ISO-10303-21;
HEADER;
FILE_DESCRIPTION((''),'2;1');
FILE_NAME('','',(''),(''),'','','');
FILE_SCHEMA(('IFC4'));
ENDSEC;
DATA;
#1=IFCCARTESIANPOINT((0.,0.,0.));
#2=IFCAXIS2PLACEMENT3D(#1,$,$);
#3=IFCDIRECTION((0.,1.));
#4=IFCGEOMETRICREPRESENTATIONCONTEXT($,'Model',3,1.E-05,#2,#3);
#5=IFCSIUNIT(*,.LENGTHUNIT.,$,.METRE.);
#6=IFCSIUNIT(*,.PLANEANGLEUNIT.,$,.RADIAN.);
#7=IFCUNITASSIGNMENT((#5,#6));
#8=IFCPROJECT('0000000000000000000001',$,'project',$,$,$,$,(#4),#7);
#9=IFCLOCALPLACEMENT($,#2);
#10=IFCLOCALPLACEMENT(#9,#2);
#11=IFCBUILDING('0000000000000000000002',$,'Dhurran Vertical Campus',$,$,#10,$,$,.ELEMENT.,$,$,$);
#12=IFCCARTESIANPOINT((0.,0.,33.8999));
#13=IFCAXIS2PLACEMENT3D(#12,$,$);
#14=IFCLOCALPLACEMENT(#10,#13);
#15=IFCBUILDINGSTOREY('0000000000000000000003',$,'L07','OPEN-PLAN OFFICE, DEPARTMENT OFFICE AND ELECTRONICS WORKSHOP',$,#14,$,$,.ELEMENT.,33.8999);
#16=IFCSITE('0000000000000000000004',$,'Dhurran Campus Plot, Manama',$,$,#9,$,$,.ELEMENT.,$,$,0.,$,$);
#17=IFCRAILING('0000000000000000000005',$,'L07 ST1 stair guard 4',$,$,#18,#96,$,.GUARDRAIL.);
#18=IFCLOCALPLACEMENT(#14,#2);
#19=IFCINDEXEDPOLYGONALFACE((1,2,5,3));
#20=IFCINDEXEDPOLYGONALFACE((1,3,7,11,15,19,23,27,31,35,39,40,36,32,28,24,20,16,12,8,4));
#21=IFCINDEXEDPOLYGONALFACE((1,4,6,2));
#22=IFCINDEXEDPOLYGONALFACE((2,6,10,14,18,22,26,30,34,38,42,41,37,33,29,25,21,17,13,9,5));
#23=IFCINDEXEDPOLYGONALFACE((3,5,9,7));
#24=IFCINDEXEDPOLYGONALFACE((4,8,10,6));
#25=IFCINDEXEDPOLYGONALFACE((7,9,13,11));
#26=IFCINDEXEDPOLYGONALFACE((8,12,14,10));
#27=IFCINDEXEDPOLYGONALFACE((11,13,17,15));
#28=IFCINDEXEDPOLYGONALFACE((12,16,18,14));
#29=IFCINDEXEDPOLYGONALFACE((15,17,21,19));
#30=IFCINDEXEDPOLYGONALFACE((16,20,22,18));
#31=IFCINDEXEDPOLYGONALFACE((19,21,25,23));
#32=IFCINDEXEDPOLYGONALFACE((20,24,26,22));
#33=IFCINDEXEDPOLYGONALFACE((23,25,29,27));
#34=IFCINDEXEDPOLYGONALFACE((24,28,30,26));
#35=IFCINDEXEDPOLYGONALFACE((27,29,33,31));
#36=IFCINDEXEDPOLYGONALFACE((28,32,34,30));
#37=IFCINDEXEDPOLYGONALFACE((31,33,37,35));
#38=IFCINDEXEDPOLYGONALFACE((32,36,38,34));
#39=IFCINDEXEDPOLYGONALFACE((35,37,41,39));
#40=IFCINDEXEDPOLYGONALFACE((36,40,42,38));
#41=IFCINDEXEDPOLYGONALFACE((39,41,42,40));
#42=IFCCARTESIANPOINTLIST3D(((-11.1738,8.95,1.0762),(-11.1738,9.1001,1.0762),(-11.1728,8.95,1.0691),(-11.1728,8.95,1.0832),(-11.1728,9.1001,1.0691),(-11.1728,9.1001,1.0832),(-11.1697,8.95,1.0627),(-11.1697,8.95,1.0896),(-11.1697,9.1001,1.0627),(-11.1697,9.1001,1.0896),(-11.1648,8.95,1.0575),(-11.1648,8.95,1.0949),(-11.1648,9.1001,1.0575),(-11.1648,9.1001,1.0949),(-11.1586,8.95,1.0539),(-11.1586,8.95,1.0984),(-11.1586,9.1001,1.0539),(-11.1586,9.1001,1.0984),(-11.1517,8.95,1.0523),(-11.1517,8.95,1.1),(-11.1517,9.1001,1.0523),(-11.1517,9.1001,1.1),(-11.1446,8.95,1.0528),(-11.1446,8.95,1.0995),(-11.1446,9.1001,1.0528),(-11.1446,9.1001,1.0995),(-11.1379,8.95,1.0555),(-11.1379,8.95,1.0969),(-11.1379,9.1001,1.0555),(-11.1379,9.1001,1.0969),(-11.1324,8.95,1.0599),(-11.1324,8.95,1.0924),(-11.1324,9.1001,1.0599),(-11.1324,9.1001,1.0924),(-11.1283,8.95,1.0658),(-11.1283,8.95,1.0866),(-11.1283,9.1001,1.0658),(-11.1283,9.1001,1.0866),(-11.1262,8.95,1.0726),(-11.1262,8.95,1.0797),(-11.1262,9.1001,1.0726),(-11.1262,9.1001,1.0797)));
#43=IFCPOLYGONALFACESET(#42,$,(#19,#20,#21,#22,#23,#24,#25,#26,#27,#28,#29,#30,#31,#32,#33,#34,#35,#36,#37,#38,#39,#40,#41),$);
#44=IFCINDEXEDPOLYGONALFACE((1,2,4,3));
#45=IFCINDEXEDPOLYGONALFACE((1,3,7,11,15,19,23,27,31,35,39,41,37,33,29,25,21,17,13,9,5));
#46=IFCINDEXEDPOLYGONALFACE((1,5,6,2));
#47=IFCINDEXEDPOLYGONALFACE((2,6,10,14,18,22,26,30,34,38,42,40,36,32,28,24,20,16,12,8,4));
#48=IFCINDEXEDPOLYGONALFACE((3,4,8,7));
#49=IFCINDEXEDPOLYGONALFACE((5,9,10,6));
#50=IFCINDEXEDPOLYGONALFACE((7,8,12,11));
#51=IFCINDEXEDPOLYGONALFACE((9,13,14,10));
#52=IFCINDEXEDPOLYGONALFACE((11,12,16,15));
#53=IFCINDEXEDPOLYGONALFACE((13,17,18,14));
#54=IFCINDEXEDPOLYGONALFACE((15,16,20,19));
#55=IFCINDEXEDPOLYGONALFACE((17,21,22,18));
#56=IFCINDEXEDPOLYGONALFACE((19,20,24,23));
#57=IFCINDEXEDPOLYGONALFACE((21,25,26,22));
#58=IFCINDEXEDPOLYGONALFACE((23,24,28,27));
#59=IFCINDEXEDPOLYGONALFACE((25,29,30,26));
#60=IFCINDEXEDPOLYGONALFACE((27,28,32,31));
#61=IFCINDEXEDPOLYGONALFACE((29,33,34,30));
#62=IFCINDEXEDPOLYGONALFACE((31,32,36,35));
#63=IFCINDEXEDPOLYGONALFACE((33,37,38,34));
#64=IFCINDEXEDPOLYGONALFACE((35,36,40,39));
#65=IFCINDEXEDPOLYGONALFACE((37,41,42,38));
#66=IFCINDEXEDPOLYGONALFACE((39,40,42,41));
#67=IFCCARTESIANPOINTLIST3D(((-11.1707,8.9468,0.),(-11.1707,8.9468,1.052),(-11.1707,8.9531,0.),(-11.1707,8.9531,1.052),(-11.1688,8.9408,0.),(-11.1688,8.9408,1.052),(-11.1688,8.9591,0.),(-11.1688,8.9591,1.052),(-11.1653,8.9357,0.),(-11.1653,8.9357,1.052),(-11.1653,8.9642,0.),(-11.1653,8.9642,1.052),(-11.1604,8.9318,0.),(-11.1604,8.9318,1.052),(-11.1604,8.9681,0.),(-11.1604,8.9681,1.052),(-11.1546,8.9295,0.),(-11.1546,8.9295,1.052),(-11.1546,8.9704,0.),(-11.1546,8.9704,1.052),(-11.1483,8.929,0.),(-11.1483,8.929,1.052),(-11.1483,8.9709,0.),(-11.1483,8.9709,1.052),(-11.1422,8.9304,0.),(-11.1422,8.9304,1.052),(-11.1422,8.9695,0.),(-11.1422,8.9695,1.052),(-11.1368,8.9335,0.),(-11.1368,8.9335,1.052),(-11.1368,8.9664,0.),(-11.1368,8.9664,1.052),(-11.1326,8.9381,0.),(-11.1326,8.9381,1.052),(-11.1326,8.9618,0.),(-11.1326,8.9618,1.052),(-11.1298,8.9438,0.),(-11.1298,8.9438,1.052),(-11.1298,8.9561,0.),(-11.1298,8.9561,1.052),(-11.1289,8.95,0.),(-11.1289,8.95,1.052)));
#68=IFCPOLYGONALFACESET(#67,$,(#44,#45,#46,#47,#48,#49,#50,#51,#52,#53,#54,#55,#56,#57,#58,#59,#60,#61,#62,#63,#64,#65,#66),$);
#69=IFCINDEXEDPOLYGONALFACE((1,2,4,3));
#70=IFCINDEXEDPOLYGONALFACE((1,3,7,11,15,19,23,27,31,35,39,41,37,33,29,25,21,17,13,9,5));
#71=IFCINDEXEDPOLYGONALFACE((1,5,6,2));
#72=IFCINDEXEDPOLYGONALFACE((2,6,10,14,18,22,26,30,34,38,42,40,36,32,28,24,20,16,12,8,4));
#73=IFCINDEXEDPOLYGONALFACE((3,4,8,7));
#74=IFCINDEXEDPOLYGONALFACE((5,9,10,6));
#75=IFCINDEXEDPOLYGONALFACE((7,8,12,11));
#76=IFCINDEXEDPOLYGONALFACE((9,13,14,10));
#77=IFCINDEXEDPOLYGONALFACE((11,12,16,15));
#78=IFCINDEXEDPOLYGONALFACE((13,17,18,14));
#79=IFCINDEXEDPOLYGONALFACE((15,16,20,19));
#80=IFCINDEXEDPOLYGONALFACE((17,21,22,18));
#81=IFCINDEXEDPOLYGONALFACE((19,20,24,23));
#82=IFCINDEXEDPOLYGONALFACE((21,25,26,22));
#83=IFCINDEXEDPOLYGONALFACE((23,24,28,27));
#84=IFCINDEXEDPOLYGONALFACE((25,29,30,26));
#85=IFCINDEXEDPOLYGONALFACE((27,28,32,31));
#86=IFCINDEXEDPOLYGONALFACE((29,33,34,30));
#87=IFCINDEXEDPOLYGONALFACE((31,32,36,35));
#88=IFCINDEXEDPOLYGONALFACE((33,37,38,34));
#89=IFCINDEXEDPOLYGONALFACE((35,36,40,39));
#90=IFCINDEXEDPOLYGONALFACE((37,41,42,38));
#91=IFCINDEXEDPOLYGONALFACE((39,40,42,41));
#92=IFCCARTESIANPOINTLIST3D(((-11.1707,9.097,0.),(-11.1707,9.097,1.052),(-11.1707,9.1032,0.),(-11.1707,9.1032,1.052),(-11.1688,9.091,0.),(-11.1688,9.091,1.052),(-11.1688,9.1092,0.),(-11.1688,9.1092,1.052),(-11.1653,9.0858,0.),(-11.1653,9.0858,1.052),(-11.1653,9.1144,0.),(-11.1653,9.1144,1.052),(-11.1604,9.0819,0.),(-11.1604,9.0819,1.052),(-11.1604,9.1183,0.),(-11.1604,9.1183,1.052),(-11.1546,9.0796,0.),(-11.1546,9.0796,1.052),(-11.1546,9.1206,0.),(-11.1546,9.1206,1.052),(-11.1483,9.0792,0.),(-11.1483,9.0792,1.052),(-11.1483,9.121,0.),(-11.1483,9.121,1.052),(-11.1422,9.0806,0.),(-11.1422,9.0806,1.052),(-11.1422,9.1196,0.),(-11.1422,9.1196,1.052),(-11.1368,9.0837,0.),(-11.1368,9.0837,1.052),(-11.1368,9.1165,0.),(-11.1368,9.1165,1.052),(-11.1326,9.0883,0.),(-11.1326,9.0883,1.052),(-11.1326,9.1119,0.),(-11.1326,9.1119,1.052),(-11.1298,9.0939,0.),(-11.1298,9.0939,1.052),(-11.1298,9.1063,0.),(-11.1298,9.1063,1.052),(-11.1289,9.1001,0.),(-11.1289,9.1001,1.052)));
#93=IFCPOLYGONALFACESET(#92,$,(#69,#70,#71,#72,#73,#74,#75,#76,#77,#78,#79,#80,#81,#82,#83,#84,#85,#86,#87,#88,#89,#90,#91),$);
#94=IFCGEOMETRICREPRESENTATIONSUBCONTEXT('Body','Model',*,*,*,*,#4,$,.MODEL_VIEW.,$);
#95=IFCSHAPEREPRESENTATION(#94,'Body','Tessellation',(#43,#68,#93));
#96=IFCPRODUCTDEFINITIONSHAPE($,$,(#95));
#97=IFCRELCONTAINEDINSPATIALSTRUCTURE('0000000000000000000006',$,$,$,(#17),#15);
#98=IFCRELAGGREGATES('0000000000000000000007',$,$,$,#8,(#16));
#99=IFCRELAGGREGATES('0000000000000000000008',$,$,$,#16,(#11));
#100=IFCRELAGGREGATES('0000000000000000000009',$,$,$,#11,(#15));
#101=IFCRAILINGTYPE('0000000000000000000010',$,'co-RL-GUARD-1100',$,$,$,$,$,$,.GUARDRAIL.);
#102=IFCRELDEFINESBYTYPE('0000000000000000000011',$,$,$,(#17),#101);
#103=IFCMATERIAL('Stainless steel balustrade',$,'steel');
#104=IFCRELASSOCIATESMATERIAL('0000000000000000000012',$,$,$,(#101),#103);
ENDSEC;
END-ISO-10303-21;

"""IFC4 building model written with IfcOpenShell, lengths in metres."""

from ifc_helpers import new_model, si_unit, direction, frame, origin, origin_2d, place, context, subcontext, project, spatial, circle, extrude, material, type_object, element, save


model = new_model("IFC4")

# Units and contexts
model_context = context("Model", 3, precision=1e-05, world=origin(), true_north=direction((0.0, 1.0)))
body_context = subcontext(model_context, "Body", "Model", "MODEL_VIEW")
ifc_project = project(units=[si_unit("LENGTHUNIT", "METRE"), si_unit("PLANEANGLEUNIT", "RADIAN")], contexts=[model_context])

# Site, building, storey
site_placement = place(None, origin())
site = spatial("IfcSite", under=ifc_project, at=site_placement, Name="Dhurran Campus Plot, Manama", CompositionType="ELEMENT", RefElevation=0.0)
building_placement = place(site_placement, origin())
building = spatial("IfcBuilding", under=site, at=building_placement, Name="Dhurran Vertical Campus", CompositionType="ELEMENT")
storey_placement = place(building_placement, frame((0.0, 0.0, 33.8999)))
storey = spatial("IfcBuildingStorey", under=building, at=storey_placement, Name="L07", Description="OPEN-PLAN OFFICE, DEPARTMENT OFFICE AND ELECTRONICS WORKSHOP", CompositionType="ELEMENT", Elevation=33.8999)

# Railing
ifc_material_1 = material(Name="Stainless steel balustrade", Category="steel")
railing_type_1 = type_object("IfcRailingType", Name="co-RL-GUARD-1100", PredefinedType="GUARDRAIL", material=ifc_material_1)
railing_1_placement = place(storey_placement, frame((-11.1499, 8.95, 0.0)))
element("IfcRailing", 1, at=railing_1_placement, inside=storey, type_object=railing_type_1, Name="L07 ST1 stair guard 4", PredefinedType="GUARDRAIL", context=body_context, shape_type="SweptSolid", body=[
    extrude(circle(Radius=0.0239, at=origin_2d()), frame((0.0, 0.0, 1.0762), z_axis=(0.0, 1.0, 0.0), x_axis=(-1.0, 0.0, 0.0)), (0.0, 0.0, 1.0), 0.1501),
    extrude(circle(Radius=0.021, at=origin_2d()), origin(), (0.0, 0.0, 1.0), 1.052),
    extrude(circle(Radius=0.021, at=origin_2d()), frame((0.0, 0.1501, 0.0)), (0.0, 0.0, 1.0), 1.052),
])

save(model, "model.ifc")
